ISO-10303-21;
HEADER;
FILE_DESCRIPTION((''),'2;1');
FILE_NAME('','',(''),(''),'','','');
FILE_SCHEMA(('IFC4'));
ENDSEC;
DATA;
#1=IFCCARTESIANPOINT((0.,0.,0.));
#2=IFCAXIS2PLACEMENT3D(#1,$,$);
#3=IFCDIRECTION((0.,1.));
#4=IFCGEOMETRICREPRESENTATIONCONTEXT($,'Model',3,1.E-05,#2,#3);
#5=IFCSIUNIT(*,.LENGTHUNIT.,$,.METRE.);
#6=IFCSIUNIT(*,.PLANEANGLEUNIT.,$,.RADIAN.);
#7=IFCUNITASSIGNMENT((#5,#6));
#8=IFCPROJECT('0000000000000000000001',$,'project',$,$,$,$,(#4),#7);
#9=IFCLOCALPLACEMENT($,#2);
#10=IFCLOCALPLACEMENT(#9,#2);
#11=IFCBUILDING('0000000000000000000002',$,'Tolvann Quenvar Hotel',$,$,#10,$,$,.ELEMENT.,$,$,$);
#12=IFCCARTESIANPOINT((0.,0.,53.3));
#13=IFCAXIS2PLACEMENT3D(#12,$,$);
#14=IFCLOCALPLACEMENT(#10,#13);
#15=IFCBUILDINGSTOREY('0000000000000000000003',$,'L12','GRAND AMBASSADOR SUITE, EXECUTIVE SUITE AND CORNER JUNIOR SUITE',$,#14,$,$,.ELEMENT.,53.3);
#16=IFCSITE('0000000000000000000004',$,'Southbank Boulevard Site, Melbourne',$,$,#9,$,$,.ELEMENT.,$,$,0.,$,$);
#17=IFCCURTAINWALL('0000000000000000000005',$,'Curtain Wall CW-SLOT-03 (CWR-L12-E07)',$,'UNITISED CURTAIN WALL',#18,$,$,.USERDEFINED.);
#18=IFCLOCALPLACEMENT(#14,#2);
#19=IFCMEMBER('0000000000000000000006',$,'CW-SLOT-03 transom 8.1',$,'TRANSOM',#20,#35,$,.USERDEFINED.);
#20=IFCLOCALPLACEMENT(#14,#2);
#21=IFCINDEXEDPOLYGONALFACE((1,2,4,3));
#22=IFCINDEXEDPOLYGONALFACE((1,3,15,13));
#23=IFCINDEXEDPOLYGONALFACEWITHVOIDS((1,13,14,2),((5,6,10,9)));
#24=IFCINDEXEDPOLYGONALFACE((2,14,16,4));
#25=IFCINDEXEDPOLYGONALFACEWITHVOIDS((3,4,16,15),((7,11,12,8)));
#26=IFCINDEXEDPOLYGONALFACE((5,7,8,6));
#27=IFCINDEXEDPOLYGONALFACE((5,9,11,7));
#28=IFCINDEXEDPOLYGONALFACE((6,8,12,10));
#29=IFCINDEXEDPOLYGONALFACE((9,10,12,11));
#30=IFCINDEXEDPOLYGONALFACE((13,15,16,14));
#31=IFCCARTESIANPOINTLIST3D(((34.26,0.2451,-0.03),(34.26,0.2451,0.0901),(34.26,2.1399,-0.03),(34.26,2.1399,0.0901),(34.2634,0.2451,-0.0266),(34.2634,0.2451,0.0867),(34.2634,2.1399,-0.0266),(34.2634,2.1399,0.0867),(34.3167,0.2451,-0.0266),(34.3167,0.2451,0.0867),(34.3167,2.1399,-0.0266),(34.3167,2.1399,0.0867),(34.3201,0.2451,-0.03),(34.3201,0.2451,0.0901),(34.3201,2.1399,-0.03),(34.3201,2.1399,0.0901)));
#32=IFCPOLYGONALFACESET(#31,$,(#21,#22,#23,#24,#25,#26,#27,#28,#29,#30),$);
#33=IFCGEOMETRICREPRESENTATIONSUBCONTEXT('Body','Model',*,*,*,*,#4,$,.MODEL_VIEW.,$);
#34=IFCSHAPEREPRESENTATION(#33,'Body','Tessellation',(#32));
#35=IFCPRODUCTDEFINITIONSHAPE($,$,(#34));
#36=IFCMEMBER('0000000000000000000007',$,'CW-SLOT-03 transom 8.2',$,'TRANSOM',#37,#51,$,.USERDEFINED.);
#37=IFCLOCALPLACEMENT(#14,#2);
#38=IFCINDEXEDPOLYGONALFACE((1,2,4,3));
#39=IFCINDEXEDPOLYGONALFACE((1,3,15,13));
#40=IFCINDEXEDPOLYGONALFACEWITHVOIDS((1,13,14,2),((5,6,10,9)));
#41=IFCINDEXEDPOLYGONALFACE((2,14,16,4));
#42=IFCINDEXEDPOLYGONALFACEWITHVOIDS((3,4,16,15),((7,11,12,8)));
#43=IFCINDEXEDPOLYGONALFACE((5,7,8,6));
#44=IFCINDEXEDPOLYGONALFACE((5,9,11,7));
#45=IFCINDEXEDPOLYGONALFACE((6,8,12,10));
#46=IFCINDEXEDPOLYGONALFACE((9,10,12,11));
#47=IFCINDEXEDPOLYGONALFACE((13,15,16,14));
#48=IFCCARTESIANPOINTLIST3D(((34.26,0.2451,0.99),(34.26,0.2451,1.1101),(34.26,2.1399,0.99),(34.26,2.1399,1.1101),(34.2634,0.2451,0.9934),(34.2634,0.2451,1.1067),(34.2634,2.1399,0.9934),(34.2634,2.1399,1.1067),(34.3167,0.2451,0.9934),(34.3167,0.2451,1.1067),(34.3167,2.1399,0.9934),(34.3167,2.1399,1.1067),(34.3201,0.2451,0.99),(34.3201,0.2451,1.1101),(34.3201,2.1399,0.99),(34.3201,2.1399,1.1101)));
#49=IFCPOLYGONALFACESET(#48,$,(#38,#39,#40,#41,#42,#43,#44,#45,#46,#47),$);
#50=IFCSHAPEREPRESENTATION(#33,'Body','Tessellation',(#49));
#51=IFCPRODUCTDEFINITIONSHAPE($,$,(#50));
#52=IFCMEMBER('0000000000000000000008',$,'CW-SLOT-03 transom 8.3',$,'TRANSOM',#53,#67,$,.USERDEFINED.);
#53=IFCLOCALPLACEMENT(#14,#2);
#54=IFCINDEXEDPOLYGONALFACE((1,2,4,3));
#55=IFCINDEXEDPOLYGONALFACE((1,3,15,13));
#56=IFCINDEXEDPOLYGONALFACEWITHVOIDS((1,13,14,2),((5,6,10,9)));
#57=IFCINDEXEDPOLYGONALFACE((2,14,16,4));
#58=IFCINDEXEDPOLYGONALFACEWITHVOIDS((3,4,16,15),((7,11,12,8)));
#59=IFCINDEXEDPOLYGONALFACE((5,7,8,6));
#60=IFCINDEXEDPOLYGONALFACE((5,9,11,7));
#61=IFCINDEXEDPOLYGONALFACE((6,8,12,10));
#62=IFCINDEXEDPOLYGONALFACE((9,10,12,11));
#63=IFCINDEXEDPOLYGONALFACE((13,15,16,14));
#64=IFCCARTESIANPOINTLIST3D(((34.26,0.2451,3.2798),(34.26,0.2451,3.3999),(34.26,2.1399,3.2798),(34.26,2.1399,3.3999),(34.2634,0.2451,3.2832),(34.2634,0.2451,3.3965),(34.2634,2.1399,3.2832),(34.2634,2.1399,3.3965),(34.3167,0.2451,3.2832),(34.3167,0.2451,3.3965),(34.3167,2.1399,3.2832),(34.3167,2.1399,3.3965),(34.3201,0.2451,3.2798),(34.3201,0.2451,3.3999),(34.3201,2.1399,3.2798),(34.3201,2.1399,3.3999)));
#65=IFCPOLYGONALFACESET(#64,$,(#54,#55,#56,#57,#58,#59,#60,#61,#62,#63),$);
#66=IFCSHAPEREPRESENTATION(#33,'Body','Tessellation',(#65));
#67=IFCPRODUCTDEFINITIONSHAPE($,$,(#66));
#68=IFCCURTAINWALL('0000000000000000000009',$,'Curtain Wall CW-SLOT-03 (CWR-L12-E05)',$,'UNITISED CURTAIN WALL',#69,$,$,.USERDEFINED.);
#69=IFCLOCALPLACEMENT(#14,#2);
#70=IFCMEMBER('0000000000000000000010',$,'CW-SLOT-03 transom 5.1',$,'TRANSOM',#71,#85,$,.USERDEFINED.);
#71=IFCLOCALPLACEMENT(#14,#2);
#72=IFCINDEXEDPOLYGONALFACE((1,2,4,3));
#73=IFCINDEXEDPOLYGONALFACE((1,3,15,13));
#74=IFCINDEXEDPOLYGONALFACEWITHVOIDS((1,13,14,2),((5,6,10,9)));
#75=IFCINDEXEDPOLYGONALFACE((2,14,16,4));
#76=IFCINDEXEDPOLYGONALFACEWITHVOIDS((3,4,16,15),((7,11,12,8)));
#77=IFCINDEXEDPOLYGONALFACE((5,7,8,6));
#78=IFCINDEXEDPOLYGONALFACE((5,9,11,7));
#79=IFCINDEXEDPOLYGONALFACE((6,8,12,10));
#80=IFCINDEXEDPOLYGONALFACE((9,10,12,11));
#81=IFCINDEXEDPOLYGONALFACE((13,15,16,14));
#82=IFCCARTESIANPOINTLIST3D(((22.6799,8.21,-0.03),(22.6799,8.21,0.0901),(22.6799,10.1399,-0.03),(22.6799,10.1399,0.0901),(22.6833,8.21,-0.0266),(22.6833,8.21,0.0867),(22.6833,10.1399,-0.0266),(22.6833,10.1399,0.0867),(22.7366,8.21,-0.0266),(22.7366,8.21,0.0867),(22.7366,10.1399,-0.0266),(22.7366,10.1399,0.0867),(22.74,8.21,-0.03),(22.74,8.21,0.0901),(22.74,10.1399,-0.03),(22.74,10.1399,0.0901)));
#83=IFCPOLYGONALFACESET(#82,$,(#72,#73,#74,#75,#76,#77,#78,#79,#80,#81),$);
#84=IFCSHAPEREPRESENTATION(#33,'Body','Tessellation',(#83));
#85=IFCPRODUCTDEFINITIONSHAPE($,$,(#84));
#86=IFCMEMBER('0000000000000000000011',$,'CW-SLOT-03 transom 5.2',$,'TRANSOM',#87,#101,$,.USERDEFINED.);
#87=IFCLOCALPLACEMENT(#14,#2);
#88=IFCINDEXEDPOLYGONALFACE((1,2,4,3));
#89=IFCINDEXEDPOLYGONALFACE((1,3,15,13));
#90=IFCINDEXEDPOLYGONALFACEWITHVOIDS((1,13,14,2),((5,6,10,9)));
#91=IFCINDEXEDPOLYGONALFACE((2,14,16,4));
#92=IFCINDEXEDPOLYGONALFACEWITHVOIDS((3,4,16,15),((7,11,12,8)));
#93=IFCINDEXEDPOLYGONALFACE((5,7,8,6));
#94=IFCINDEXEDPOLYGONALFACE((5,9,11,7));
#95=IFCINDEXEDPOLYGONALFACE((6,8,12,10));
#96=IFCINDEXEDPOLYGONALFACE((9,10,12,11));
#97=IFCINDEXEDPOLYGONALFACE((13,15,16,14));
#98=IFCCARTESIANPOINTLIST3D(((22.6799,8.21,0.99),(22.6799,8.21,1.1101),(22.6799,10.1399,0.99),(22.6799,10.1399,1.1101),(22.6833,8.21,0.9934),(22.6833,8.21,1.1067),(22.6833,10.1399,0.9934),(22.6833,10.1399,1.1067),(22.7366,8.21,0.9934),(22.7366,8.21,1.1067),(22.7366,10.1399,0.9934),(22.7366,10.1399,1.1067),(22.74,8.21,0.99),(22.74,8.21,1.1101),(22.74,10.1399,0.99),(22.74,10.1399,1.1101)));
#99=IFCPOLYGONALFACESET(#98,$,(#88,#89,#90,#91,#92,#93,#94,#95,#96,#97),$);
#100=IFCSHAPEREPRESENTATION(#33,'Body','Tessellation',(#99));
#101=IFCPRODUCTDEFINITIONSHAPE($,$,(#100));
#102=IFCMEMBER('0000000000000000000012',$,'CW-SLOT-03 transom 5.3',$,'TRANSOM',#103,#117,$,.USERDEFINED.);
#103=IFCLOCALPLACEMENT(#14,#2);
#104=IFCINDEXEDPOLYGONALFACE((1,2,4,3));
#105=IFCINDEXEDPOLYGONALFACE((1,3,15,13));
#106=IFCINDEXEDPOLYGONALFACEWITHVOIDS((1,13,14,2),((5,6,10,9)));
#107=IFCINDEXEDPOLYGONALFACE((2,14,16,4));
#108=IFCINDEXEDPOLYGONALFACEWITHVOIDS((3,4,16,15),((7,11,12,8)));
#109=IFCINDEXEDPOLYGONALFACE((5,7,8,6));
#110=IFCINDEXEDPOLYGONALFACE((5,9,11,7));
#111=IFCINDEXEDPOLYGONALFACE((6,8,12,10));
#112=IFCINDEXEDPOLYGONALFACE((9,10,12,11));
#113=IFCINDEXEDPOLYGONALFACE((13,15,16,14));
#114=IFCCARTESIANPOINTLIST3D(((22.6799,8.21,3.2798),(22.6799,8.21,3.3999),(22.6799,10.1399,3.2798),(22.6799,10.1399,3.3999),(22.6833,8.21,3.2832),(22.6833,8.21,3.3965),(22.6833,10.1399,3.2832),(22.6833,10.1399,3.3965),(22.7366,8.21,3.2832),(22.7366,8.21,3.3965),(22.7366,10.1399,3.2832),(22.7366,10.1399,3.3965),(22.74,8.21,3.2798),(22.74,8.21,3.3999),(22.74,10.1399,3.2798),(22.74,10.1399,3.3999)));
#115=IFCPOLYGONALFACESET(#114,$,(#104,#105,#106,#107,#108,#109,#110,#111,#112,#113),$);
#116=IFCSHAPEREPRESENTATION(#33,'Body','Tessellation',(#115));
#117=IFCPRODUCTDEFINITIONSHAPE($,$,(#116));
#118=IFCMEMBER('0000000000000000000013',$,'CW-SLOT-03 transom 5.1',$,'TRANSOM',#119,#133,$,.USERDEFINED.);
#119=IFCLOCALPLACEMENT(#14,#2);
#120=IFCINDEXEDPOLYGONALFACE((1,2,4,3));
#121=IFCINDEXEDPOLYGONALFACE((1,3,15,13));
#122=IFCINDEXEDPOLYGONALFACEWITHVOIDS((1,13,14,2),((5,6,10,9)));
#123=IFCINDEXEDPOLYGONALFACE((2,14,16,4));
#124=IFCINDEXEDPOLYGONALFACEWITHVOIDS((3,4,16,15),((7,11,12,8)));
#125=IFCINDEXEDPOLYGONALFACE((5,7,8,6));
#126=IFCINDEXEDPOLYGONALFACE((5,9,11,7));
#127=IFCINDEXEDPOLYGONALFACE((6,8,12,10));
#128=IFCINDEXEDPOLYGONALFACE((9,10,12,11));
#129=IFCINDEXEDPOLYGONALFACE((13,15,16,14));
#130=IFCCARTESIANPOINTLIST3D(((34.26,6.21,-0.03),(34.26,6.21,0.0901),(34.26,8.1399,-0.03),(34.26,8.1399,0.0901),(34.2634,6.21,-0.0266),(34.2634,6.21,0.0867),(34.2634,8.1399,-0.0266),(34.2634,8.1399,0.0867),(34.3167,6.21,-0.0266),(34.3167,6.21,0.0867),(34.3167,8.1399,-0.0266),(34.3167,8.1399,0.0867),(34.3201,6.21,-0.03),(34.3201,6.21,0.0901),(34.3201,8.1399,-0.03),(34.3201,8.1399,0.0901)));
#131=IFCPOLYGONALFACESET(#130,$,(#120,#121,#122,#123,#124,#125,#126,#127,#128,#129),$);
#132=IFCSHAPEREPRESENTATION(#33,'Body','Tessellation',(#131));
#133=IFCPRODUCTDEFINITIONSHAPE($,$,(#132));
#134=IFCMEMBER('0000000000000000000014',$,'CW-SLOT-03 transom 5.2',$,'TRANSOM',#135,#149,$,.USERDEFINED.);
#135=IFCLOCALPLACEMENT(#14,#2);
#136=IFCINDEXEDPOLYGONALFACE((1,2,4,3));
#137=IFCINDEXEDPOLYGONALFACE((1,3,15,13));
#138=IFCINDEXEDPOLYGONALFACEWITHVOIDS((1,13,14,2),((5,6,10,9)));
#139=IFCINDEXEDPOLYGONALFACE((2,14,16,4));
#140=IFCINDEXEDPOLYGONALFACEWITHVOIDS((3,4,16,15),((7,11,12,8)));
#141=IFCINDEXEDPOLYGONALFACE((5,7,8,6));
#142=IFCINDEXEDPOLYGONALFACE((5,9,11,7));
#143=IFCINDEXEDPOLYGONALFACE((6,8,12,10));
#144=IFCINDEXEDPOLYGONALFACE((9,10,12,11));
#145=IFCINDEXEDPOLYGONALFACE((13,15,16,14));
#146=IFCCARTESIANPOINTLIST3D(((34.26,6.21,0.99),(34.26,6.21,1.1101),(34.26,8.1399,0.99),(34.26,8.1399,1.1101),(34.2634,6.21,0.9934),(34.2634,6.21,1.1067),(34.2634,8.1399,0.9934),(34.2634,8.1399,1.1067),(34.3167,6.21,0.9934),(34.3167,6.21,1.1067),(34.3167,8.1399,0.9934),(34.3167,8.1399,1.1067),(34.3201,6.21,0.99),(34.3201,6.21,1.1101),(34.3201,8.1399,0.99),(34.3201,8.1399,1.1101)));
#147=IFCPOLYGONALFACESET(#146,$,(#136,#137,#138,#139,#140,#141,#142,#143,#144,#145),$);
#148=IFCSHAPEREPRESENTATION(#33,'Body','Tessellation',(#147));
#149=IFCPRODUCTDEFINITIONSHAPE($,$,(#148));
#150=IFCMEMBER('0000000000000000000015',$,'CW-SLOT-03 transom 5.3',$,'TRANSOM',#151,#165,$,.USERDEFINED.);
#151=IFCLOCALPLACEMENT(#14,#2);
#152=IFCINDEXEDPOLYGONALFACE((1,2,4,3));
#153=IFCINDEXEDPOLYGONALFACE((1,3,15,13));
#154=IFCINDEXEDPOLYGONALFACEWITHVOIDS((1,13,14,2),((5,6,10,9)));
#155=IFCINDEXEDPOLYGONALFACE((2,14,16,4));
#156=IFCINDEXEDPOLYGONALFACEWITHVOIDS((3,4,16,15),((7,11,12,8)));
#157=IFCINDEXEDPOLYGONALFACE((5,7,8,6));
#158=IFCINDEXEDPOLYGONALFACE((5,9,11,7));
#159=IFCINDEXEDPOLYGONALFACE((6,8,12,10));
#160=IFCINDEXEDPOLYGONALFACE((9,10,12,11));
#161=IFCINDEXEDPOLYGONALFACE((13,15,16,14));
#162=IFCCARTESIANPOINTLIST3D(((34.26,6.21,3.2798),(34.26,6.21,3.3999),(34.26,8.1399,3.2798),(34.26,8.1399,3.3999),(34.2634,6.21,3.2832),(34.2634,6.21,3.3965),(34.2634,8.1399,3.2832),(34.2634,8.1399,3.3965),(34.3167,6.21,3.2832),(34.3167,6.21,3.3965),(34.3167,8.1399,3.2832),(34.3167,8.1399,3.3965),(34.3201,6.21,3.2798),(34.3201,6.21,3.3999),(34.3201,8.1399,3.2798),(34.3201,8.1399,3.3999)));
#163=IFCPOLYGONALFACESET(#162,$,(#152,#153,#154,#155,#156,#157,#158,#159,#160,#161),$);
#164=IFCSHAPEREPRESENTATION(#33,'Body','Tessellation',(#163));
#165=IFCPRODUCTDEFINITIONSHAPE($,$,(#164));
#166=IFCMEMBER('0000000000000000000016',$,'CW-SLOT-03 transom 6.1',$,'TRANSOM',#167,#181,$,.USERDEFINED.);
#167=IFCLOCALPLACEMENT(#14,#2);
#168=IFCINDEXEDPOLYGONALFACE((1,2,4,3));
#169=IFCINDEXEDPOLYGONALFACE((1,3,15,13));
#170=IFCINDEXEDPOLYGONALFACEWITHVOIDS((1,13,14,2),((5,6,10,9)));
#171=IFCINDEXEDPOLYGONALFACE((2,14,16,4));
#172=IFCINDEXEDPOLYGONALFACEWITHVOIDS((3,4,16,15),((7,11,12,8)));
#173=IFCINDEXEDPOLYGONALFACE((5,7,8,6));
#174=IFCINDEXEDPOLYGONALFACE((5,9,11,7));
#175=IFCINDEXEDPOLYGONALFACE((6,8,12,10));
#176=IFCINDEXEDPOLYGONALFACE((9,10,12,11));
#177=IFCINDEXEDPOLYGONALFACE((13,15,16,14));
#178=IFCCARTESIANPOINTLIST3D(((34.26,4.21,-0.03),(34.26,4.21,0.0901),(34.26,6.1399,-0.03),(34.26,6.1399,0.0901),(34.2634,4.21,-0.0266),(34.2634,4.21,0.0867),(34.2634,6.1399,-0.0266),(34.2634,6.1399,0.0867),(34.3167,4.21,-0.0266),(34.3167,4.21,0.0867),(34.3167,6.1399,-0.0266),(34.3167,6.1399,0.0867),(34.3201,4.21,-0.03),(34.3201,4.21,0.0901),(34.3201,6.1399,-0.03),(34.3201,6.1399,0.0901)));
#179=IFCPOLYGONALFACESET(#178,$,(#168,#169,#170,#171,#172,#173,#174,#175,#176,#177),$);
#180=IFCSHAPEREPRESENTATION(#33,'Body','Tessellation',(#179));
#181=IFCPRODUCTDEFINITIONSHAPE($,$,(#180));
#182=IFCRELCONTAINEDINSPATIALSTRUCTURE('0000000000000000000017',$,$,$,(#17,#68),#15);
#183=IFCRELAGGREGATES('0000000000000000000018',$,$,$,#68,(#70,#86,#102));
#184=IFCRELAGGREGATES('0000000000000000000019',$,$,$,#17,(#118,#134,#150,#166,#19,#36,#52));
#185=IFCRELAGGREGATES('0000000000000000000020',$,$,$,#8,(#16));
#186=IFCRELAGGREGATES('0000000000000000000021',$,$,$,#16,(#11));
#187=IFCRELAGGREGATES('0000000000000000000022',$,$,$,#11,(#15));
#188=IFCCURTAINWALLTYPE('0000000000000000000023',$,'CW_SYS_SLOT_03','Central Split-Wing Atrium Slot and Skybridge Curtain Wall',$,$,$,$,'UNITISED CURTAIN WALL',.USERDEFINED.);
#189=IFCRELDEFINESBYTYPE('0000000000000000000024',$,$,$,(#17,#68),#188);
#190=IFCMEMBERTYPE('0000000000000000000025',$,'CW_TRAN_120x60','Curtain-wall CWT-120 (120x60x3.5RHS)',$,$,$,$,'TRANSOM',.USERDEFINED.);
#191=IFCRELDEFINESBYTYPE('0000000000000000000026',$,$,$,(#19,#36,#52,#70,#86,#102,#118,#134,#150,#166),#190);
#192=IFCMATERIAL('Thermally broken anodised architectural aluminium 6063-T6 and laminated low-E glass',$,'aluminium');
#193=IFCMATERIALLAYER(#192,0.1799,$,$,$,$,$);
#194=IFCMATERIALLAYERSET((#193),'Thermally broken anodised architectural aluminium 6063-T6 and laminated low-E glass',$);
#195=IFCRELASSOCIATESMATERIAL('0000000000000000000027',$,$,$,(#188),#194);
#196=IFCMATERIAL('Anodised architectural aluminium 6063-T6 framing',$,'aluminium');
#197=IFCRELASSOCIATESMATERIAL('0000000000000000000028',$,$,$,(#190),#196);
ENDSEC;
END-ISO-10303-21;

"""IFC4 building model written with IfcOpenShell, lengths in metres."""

from ifc_helpers import new_model, si_unit, direction, frame, origin, origin_2d, place, context, subcontext, project, spatial, hollow_rectangle, extrude, source, transform, mapped, material, layer, layer_set, material_profile, profile_set, type_object, type_shapes, element, aggregate, save


model = new_model("IFC4")

# Units and contexts
model_context = context("Model", 3, precision=1e-05, world=origin(), true_north=direction((0.0, 1.0)))
body_context = subcontext(model_context, "Body", "Model", "MODEL_VIEW")
ifc_project = project(units=[si_unit("LENGTHUNIT", "METRE"), si_unit("PLANEANGLEUNIT", "RADIAN")], contexts=[model_context])

# Site, building, storey
site_placement = place(None, origin())
site = spatial("IfcSite", under=ifc_project, at=site_placement, Name="Southbank Boulevard Site, Melbourne", CompositionType="ELEMENT", RefElevation=0.0)
building_placement = place(site_placement, origin())
building = spatial("IfcBuilding", under=site, at=building_placement, Name="Tolvann Quenvar Hotel", CompositionType="ELEMENT")
storey_placement = place(building_placement, frame((0.0, 0.0, 53.3)))
storey = spatial("IfcBuildingStorey", under=building, at=storey_placement, Name="L12", Description="GRAND AMBASSADOR SUITE, EXECUTIVE SUITE AND CORNER JUNIOR SUITE", CompositionType="ELEMENT", Elevation=53.3)

# Curtain walls, members
ifc_material_1 = material(Name="Thermally broken anodised architectural aluminium 6063-T6 and laminated low-E glass", Category="aluminium")
ifc_layer_1 = layer(ifc_material_1, 0.1799)
ifc_layer_set_1 = layer_set([ifc_layer_1], Name="Thermally broken anodised architectural aluminium 6063-T6 and laminated low-E glass")
curtain_wall_type = type_object("IfcCurtainWallType", Name="CW_SYS_SLOT_03", Description="Central Split-Wing Atrium Slot and Skybridge Curtain Wall", ElementType="UNITISED CURTAIN WALL", PredefinedType="USERDEFINED", material=ifc_layer_set_1)
curtain_wall_1_placement = place(storey_placement, origin())
curtain_wall_1 = element("IfcCurtainWall", 1, at=curtain_wall_1_placement, inside=storey, type_object=curtain_wall_type, Name="Curtain Wall CW-SLOT-03 (CWR-L12-E07)", ObjectType="UNITISED CURTAIN WALL", PredefinedType="USERDEFINED")
ifc_material_2 = material(Name="Anodised architectural aluminium 6063-T6 framing", Category="aluminium")
ifc_material_profile_1 = material_profile(ifc_material_2, hollow_rectangle(XDim=0.0601, YDim=0.1201, WallThickness=0.0034, at=origin_2d()), Name="120x60x3.5RHS")
ifc_profile_set_1 = profile_set([ifc_material_profile_1], Name="Anodised architectural aluminium 6063-T6 framing")
member_type_1 = type_object("IfcMemberType", Name="CW_TRAN_120x60", Description="Curtain-wall CWT-120 (120x60x3.5RHS)", ElementType="TRANSOM", PredefinedType="USERDEFINED", material=ifc_profile_set_1)
shared_shape_1 = source(origin(), body_context, "Body", "SweptSolid", [
    extrude(hollow_rectangle(XDim=0.0601, YDim=0.1201, WallThickness=0.0034, at=origin_2d()), origin(), (0.0, 0.0, 1.0), 1.8948),
])
member_1_placement = place(storey_placement, frame((34.29, 2.1399, 0.03), z_axis=(0.0, -1.0, 0.0), x_axis=(1.0, 0.0, 0.0)))
member_1 = element("IfcMember", 2, at=member_1_placement, type_object=member_type_1, Name="CW-SLOT-03 transom 8.1", ObjectType="TRANSOM", PredefinedType="USERDEFINED", context=body_context, shape_type="MappedRepresentation", body=[
    mapped(shared_shape_1, transform((0.0, 0.0, 0.0), x_axis=(1.0, 0.0, 0.0), y_axis=(0.0, 1.0, 0.0), z_axis=(0.0, 0.0, 1.0), scale=1.0)),
])
member_2_placement = place(storey_placement, frame((34.29, 2.1399, 1.05), z_axis=(0.0, -1.0, 0.0), x_axis=(1.0, 0.0, 0.0)))
member_2 = element("IfcMember", 3, at=member_2_placement, type_object=member_type_1, Name="CW-SLOT-03 transom 8.2", ObjectType="TRANSOM", PredefinedType="USERDEFINED", context=body_context, shape_type="MappedRepresentation", body=[
    mapped(shared_shape_1, transform((0.0, 0.0, 0.0), x_axis=(1.0, 0.0, 0.0), y_axis=(0.0, 1.0, 0.0), z_axis=(0.0, 0.0, 1.0), scale=1.0)),
])
member_3_placement = place(storey_placement, frame((34.29, 2.1399, 3.3398), z_axis=(0.0, -1.0, 0.0), x_axis=(1.0, 0.0, 0.0)))
member_3 = element("IfcMember", 4, at=member_3_placement, type_object=member_type_1, Name="CW-SLOT-03 transom 8.3", ObjectType="TRANSOM", PredefinedType="USERDEFINED", context=body_context, shape_type="MappedRepresentation", body=[
    mapped(shared_shape_1, transform((0.0, 0.0, 0.0), x_axis=(1.0, 0.0, 0.0), y_axis=(0.0, 1.0, 0.0), z_axis=(0.0, 0.0, 1.0), scale=1.0)),
])
curtain_wall_2_placement = place(storey_placement, origin())
curtain_wall_2 = element("IfcCurtainWall", 5, at=curtain_wall_2_placement, inside=storey, type_object=curtain_wall_type, Name="Curtain Wall CW-SLOT-03 (CWR-L12-E05)", ObjectType="UNITISED CURTAIN WALL", PredefinedType="USERDEFINED")
shared_shape_2 = source(origin(), body_context, "Body", "SweptSolid", [
    extrude(hollow_rectangle(XDim=0.0601, YDim=0.1201, WallThickness=0.0034, at=origin_2d()), origin(), (0.0, 0.0, 1.0), 1.9299),
])
type_shapes(member_type_1, [shared_shape_1, shared_shape_2])
member_4_placement = place(storey_placement, frame((22.71, 8.21, 0.03), z_axis=(0.0, 1.0, 0.0), x_axis=(-1.0, 0.0, 0.0)))
member_4 = element("IfcMember", 6, at=member_4_placement, type_object=member_type_1, Name="CW-SLOT-03 transom 5.1", ObjectType="TRANSOM", PredefinedType="USERDEFINED", context=body_context, shape_type="MappedRepresentation", body=[
    mapped(shared_shape_2, transform((0.0, 0.0, 0.0), x_axis=(1.0, 0.0, 0.0), y_axis=(0.0, 1.0, 0.0), z_axis=(0.0, 0.0, 1.0), scale=1.0)),
])
member_5_placement = place(storey_placement, frame((22.71, 8.21, 1.05), z_axis=(0.0, 1.0, 0.0), x_axis=(-1.0, 0.0, 0.0)))
member_5 = element("IfcMember", 7, at=member_5_placement, type_object=member_type_1, Name="CW-SLOT-03 transom 5.2", ObjectType="TRANSOM", PredefinedType="USERDEFINED", context=body_context, shape_type="MappedRepresentation", body=[
    mapped(shared_shape_2, transform((0.0, 0.0, 0.0), x_axis=(1.0, 0.0, 0.0), y_axis=(0.0, 1.0, 0.0), z_axis=(0.0, 0.0, 1.0), scale=1.0)),
])
member_6_placement = place(storey_placement, frame((22.71, 8.21, 3.3398), z_axis=(0.0, 1.0, 0.0), x_axis=(-1.0, 0.0, 0.0)))
member_6 = element("IfcMember", 8, at=member_6_placement, type_object=member_type_1, Name="CW-SLOT-03 transom 5.3", ObjectType="TRANSOM", PredefinedType="USERDEFINED", context=body_context, shape_type="MappedRepresentation", body=[
    mapped(shared_shape_2, transform((0.0, 0.0, 0.0), x_axis=(1.0, 0.0, 0.0), y_axis=(0.0, 1.0, 0.0), z_axis=(0.0, 0.0, 1.0), scale=1.0)),
])

# Members
member_7_placement = place(storey_placement, frame((34.29, 8.1399, 0.03), z_axis=(0.0, -1.0, 0.0), x_axis=(1.0, 0.0, 0.0)))
member_7 = element("IfcMember", 9, at=member_7_placement, type_object=member_type_1, Name="CW-SLOT-03 transom 5.1", ObjectType="TRANSOM", PredefinedType="USERDEFINED", context=body_context, shape_type="MappedRepresentation", body=[
    mapped(shared_shape_2, transform((0.0, 0.0, 0.0), x_axis=(1.0, 0.0, 0.0), y_axis=(0.0, 1.0, 0.0), z_axis=(0.0, 0.0, 1.0), scale=1.0)),
])
member_8_placement = place(storey_placement, frame((34.29, 8.1399, 1.05), z_axis=(0.0, -1.0, 0.0), x_axis=(1.0, 0.0, 0.0)))
member_8 = element("IfcMember", 10, at=member_8_placement, type_object=member_type_1, Name="CW-SLOT-03 transom 5.2", ObjectType="TRANSOM", PredefinedType="USERDEFINED", context=body_context, shape_type="MappedRepresentation", body=[
    mapped(shared_shape_2, transform((0.0, 0.0, 0.0), x_axis=(1.0, 0.0, 0.0), y_axis=(0.0, 1.0, 0.0), z_axis=(0.0, 0.0, 1.0), scale=1.0)),
])
member_9_placement = place(storey_placement, frame((34.29, 8.1399, 3.3398), z_axis=(0.0, -1.0, 0.0), x_axis=(1.0, 0.0, 0.0)))
member_9 = element("IfcMember", 11, at=member_9_placement, type_object=member_type_1, Name="CW-SLOT-03 transom 5.3", ObjectType="TRANSOM", PredefinedType="USERDEFINED", context=body_context, shape_type="MappedRepresentation", body=[
    mapped(shared_shape_2, transform((0.0, 0.0, 0.0), x_axis=(1.0, 0.0, 0.0), y_axis=(0.0, 1.0, 0.0), z_axis=(0.0, 0.0, 1.0), scale=1.0)),
])
member_10_placement = place(storey_placement, frame((34.29, 6.1399, 0.03), z_axis=(0.0, -1.0, 0.0), x_axis=(1.0, 0.0, 0.0)))
member_10 = element("IfcMember", 12, at=member_10_placement, type_object=member_type_1, Name="CW-SLOT-03 transom 6.1", ObjectType="TRANSOM", PredefinedType="USERDEFINED", context=body_context, shape_type="MappedRepresentation", body=[
    mapped(shared_shape_2, transform((0.0, 0.0, 0.0), x_axis=(1.0, 0.0, 0.0), y_axis=(0.0, 1.0, 0.0), z_axis=(0.0, 0.0, 1.0), scale=1.0)),
])

aggregate(curtain_wall_2, [member_4, member_5, member_6])
aggregate(curtain_wall_1, [member_7, member_8, member_9, member_10, member_1, member_2, member_3])

save(model, "model.ifc")
